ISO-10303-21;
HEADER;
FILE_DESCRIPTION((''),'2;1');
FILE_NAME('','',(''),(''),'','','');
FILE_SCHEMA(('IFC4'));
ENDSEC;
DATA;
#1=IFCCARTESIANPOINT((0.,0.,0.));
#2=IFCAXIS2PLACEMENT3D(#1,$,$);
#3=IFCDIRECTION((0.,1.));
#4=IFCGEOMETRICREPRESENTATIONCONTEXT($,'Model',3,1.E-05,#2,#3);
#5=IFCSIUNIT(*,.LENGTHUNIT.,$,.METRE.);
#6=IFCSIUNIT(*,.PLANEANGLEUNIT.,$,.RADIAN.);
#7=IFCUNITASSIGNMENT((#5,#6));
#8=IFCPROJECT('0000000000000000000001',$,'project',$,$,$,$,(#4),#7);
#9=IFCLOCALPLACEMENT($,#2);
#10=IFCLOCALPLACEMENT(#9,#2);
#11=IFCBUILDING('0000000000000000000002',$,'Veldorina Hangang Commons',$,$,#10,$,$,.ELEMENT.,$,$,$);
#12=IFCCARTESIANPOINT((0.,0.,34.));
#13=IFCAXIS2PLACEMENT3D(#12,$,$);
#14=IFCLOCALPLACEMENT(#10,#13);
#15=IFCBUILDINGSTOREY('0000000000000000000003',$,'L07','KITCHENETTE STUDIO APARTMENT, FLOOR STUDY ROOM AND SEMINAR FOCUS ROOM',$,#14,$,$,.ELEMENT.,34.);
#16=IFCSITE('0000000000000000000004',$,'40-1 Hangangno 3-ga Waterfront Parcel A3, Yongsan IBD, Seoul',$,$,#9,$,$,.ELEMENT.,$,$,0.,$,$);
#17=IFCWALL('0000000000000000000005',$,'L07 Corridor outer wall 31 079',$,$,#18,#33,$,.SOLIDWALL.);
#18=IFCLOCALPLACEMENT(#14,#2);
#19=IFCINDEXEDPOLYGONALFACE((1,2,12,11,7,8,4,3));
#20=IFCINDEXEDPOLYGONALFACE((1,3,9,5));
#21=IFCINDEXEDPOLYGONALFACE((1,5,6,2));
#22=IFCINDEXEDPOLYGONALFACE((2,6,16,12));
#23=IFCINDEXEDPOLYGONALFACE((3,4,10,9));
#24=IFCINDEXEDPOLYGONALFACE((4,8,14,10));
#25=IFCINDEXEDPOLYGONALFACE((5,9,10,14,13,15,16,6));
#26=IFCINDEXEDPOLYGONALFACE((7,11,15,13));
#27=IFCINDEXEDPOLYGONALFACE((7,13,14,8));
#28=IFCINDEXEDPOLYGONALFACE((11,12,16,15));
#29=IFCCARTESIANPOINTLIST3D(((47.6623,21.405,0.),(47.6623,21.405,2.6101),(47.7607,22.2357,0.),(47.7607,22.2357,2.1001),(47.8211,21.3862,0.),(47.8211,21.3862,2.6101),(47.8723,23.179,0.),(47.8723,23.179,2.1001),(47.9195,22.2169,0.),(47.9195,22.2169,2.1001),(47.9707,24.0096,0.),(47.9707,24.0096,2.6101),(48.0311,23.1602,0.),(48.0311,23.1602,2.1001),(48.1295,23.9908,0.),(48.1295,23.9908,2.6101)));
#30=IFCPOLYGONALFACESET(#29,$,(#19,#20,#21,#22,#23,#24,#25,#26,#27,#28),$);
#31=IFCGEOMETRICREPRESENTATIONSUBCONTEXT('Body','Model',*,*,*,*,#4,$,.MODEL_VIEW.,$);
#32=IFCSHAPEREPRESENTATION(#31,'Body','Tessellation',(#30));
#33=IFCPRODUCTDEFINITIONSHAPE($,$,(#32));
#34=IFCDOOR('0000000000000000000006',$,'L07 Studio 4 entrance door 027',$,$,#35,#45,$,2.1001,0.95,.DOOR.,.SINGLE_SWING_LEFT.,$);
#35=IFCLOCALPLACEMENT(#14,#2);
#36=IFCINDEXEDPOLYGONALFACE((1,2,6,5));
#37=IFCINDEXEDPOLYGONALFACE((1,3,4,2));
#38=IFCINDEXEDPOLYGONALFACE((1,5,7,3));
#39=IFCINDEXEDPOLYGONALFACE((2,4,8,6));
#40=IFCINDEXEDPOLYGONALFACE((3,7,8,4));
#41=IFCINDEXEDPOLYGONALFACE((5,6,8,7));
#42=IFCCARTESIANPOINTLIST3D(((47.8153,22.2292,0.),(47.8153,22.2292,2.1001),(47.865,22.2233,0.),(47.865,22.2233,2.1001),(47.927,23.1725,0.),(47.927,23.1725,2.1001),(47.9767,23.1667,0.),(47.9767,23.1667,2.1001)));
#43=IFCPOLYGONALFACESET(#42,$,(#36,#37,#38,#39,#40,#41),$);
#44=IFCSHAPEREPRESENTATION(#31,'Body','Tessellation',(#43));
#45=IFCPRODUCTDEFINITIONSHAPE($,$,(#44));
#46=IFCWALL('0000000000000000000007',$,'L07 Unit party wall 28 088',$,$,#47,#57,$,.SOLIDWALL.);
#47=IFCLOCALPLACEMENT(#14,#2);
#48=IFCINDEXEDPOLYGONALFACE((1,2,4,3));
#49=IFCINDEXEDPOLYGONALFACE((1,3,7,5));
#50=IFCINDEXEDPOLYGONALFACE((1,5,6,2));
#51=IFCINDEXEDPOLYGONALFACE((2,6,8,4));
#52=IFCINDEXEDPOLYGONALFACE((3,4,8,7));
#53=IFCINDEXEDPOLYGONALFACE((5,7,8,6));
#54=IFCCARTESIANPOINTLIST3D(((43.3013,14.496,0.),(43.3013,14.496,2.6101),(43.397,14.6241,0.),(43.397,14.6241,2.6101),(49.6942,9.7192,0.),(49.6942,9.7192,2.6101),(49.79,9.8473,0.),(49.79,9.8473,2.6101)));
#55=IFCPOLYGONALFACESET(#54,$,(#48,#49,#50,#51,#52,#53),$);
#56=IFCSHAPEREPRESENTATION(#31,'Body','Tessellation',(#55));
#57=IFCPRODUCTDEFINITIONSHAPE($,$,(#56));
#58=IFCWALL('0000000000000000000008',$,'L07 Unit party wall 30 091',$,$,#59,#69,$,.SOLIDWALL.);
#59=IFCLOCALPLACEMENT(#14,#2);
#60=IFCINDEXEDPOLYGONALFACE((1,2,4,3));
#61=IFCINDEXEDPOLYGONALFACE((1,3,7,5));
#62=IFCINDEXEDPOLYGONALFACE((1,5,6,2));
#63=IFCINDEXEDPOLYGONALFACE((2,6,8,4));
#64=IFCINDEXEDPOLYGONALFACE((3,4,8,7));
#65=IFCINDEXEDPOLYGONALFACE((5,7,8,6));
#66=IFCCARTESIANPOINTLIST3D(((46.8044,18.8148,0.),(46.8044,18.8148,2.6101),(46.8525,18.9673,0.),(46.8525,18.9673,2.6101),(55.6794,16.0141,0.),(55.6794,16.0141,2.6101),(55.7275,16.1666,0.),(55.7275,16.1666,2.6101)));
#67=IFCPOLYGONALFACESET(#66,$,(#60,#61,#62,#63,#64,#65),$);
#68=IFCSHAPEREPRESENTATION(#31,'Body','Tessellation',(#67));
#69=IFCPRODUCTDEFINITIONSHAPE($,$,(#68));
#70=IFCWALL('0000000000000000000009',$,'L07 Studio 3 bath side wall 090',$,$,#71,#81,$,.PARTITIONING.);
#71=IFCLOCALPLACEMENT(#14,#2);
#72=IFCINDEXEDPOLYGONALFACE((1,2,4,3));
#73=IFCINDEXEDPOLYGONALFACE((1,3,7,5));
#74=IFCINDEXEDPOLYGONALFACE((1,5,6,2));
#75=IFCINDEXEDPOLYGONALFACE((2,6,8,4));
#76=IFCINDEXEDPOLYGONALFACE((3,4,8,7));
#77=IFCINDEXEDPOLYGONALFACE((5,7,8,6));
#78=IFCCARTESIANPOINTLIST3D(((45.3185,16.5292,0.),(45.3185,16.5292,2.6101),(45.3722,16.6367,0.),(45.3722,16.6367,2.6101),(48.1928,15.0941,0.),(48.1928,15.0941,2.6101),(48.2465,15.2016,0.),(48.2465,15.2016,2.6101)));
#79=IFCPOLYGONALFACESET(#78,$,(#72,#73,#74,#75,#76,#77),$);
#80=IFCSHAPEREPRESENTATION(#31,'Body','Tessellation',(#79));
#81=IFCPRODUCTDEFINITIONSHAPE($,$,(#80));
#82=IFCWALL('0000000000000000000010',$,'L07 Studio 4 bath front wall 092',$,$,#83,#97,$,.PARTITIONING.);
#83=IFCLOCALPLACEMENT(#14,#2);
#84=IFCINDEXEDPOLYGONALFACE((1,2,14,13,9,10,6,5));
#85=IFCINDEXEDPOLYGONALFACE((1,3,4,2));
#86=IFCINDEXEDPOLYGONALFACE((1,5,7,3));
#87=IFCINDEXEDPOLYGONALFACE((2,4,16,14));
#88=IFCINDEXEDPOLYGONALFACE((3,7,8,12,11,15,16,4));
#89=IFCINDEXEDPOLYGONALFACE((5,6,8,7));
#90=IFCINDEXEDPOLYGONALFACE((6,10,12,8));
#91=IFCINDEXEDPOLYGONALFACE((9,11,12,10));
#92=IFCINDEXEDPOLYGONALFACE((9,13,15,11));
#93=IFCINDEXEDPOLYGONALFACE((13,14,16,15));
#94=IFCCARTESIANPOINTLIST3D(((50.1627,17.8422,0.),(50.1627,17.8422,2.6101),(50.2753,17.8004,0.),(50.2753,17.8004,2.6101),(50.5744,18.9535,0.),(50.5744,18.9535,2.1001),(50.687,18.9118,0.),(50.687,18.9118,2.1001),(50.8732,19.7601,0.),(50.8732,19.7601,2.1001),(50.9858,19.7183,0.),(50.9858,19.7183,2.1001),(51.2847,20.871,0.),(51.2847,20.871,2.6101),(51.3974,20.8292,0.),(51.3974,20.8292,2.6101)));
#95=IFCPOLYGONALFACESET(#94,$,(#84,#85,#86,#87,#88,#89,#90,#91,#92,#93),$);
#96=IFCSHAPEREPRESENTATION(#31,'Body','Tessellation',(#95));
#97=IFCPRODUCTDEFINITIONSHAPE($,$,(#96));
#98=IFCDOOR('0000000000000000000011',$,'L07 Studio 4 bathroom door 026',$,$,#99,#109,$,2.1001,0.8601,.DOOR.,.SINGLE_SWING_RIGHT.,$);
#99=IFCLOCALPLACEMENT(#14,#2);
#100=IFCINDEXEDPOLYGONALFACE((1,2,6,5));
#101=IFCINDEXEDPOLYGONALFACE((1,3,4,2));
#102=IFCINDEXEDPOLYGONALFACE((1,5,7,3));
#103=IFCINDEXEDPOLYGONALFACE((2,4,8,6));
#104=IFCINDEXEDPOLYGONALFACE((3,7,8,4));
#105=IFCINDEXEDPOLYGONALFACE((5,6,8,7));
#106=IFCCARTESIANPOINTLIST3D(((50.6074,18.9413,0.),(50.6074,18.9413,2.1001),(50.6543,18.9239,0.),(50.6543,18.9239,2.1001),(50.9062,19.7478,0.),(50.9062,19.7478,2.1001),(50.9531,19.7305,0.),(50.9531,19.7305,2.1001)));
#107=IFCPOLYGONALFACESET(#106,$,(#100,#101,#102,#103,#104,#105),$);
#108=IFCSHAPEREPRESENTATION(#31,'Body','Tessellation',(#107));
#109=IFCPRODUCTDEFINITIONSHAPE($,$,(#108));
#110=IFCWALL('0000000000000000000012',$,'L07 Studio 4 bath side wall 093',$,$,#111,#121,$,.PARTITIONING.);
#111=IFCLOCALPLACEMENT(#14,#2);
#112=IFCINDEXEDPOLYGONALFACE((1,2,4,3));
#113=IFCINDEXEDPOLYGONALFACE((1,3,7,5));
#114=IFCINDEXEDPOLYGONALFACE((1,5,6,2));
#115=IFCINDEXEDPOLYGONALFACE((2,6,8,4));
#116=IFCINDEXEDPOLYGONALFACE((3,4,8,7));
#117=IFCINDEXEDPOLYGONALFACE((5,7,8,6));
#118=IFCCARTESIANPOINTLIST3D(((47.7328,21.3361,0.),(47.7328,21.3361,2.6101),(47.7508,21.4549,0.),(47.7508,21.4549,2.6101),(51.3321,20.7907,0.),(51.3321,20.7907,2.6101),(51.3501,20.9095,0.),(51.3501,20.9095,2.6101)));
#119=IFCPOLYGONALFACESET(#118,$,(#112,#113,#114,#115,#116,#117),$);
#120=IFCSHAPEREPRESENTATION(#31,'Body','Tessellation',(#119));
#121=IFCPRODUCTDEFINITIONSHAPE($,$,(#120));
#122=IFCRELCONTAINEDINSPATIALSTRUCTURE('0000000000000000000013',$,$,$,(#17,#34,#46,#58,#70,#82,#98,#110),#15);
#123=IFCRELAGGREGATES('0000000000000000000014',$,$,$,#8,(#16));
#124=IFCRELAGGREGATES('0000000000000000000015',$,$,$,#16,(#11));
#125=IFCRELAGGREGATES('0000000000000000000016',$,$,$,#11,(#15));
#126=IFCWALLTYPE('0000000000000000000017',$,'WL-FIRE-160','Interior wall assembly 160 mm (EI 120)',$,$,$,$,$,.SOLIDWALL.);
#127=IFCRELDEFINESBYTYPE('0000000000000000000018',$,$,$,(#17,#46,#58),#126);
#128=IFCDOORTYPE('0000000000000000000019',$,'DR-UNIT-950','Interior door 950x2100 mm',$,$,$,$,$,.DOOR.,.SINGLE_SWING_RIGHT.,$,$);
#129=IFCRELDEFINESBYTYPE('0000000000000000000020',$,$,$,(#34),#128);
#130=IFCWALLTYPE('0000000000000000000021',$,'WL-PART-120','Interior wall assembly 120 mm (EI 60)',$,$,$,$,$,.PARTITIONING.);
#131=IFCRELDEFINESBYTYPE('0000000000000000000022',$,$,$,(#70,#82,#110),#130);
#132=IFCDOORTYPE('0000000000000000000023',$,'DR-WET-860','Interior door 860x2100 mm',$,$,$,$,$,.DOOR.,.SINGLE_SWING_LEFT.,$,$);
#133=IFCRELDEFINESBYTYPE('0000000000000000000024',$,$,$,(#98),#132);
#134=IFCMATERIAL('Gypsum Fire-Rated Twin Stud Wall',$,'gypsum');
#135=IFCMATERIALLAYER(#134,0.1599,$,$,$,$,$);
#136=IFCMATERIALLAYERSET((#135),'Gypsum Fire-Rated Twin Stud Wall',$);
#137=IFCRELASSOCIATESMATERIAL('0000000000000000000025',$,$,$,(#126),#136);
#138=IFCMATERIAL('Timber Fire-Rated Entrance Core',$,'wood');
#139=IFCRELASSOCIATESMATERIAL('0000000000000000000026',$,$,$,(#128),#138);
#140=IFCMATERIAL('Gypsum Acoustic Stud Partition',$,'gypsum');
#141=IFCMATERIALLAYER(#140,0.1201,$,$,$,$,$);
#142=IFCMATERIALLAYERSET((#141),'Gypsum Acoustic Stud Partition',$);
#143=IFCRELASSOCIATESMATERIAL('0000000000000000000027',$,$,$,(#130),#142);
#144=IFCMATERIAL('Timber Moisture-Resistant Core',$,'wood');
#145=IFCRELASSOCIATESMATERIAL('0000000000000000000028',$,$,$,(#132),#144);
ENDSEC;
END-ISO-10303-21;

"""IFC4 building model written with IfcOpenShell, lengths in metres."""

from ifc_helpers import new_model, si_unit, direction, frame, frame_2d, origin, place, context, subcontext, project, spatial, rectangle, extrude, material, layer, layer_set, type_object, element, fill, save


model = new_model("IFC4")

# Units and contexts
model_context = context("Model", 3, precision=1e-05, world=origin(), true_north=direction((0.0, 1.0)))
body_context = subcontext(model_context, "Body", "Model", "MODEL_VIEW")
ifc_project = project(units=[si_unit("LENGTHUNIT", "METRE"), si_unit("PLANEANGLEUNIT", "RADIAN")], contexts=[model_context])

# Site, building, storey
site_placement = place(None, origin())
site = spatial("IfcSite", under=ifc_project, at=site_placement, Name="40-1 Hangangno 3-ga Waterfront Parcel A3, Yongsan IBD, Seoul", CompositionType="ELEMENT", RefElevation=0.0)
building_placement = place(site_placement, origin())
building = spatial("IfcBuilding", under=site, at=building_placement, Name="Veldorina Hangang Commons", CompositionType="ELEMENT")
storey_placement = place(building_placement, frame((0.0, 0.0, 34.0)))
storey = spatial("IfcBuildingStorey", under=building, at=storey_placement, Name="L07", Description="KITCHENETTE STUDIO APARTMENT, FLOOR STUDY ROOM AND SEMINAR FOCUS ROOM", CompositionType="ELEMENT", Elevation=34.0)

# Shared definitions
ifc_material_1 = material(Name="Gypsum Fire-Rated Twin Stud Wall", Category="gypsum")
ifc_layer_1 = layer(ifc_material_1, 0.1599)
ifc_layer_set_1 = layer_set([ifc_layer_1], Name="Gypsum Fire-Rated Twin Stud Wall")
wall_type_1 = type_object("IfcWallType", Name="WL-FIRE-160", Description="Interior wall assembly 160 mm (EI 120)", PredefinedType="SOLIDWALL", material=ifc_layer_set_1)

# Shared definitions
ifc_material_2 = material(Name="Timber Fire-Rated Entrance Core", Category="wood")
door_type_1 = type_object("IfcDoorType", Name="DR-UNIT-950", Description="Interior door 950x2100 mm", OperationType="SINGLE_SWING_RIGHT", PredefinedType="DOOR", material=ifc_material_2)

# Wall, opening, door
wall_1_placement = place(storey_placement, frame((47.7417, 21.3955, 0.0), z_axis=(0.0, 0.0, 1.0), x_axis=(0.11757, 0.993065, 0.0)))
wall_1 = element("IfcWall", 1, at=wall_1_placement, inside=storey, type_object=wall_type_1, Name="L07 Corridor outer wall 31 079", PredefinedType="SOLIDWALL", context=body_context, shape_type="SweptSolid", body=[
    extrude(rectangle(XDim=2.6228, YDim=0.1599, at=frame_2d((1.3115, 0.0))), origin(), (0.0, 0.0, 1.0), 2.6101),
])
opening_1_placement = place(wall_1_placement, frame((0.8364, 0.0, 0.0)))
opening_1 = element("IfcOpeningElement", 2, at=opening_1_placement, cuts=wall_1, PredefinedType="OPENING", context=body_context, shape_type="SweptSolid", body=[
    extrude(rectangle(XDim=0.95, YDim=2.1001, at=frame_2d((0.4751, 1.05))), frame((0.0, 0.0898, 0.0), z_axis=(0.0, -1.0, 0.0), x_axis=(1.0, 0.0, 0.0)), (0.0, 0.0, 1.0), 0.1799),
])
door_1_placement = place(opening_1_placement, origin())
door_1 = element("IfcDoor", 3, at=door_1_placement, inside=storey, type_object=door_type_1, Name="L07 Studio 4 entrance door 027", OperationType="SINGLE_SWING_LEFT", OverallHeight=2.1001, OverallWidth=0.95, PredefinedType="DOOR", context=body_context, shape_type="SweptSolid", body=[
    extrude(rectangle(XDim=0.95, YDim=2.1001, at=frame_2d((0.4751, 1.05))), frame((0.0, 0.0249, 0.0), z_axis=(0.0, -1.0, 0.0), x_axis=(1.0, 0.0, 0.0)), (0.0, 0.0, 1.0), 0.05),
])
fill(opening_1, door_1)

# Walls
wall_2_placement = place(storey_placement, frame((43.3491, 14.5601, 0.0), z_axis=(0.0, 0.0, 1.0), x_axis=(0.801078, -0.59856, 0.0)))
element("IfcWall", 4, at=wall_2_placement, inside=storey, type_object=wall_type_1, Name="L07 Unit party wall 28 088", PredefinedType="SOLIDWALL", context=body_context, shape_type="SweptSolid", body=[
    extrude(rectangle(XDim=7.9805, YDim=0.1599, at=frame_2d((3.9902, 0.0))), origin(), (0.0, 0.0, 1.0), 2.6101),
])
wall_3_placement = place(storey_placement, frame((46.8284, 18.8911, 0.0), z_axis=(0.0, 0.0, 1.0), x_axis=(0.95364, -0.300951, 0.0)))
element("IfcWall", 5, at=wall_3_placement, inside=storey, type_object=wall_type_1, Name="L07 Unit party wall 30 091", PredefinedType="SOLIDWALL", context=body_context, shape_type="SweptSolid", body=[
    extrude(rectangle(XDim=9.3064, YDim=0.1599, at=frame_2d((4.6533, 0.0))), origin(), (0.0, 0.0, 1.0), 2.6101),
])
ifc_material_3 = material(Name="Gypsum Acoustic Stud Partition", Category="gypsum")
ifc_layer_2 = layer(ifc_material_3, 0.1201)
ifc_layer_set_2 = layer_set([ifc_layer_2], Name="Gypsum Acoustic Stud Partition")
wall_type_2 = type_object("IfcWallType", Name="WL-PART-120", Description="Interior wall assembly 120 mm (EI 60)", PredefinedType="PARTITIONING", material=ifc_layer_set_2)
wall_4_placement = place(storey_placement, frame((45.3452, 16.583, 0.0), z_axis=(0.0, 0.0, 1.0), x_axis=(0.894685, -0.446697, 0.0)))
element("IfcWall", 6, at=wall_4_placement, inside=storey, type_object=wall_type_2, Name="L07 Studio 3 bath side wall 090", PredefinedType="PARTITIONING", context=body_context, shape_type="SweptSolid", body=[
    extrude(rectangle(XDim=3.2126, YDim=0.1201, at=frame_2d((1.6064, 0.0))), origin(), (0.0, 0.0, 1.0), 2.6101),
])

# Wall, opening, door
wall_5_placement = place(storey_placement, frame((50.219, 17.8213, 0.0), z_axis=(0.0, 0.0, 1.0), x_axis=(0.347393, 0.93772, 0.0)))
wall_5 = element("IfcWall", 7, at=wall_5_placement, inside=storey, type_object=wall_type_2, Name="L07 Studio 4 bath front wall 092", PredefinedType="PARTITIONING", context=body_context, shape_type="SweptSolid", body=[
    extrude(rectangle(XDim=3.23, YDim=0.1201, at=frame_2d((1.615, 0.0))), origin(), (0.0, 0.0, 1.0), 2.6101),
])
opening_2_placement = place(wall_5_placement, frame((1.1851, 0.0, 0.0)))
opening_2 = element("IfcOpeningElement", 8, at=opening_2_placement, cuts=wall_5, PredefinedType="OPENING", context=body_context, shape_type="SweptSolid", body=[
    extrude(rectangle(XDim=0.8601, YDim=2.1001, at=frame_2d((0.4302, 1.05))), frame((0.0, 0.0701, 0.0), z_axis=(0.0, -1.0, 0.0), x_axis=(1.0, 0.0, 0.0)), (0.0, 0.0, 1.0), 0.1401),
])
ifc_material_4 = material(Name="Timber Moisture-Resistant Core", Category="wood")
door_type_2 = type_object("IfcDoorType", Name="DR-WET-860", Description="Interior door 860x2100 mm", OperationType="SINGLE_SWING_LEFT", PredefinedType="DOOR", material=ifc_material_4)
door_2_placement = place(opening_2_placement, origin())
door_2 = element("IfcDoor", 9, at=door_2_placement, inside=storey, type_object=door_type_2, Name="L07 Studio 4 bathroom door 026", OperationType="SINGLE_SWING_RIGHT", OverallHeight=2.1001, OverallWidth=0.8601, PredefinedType="DOOR", context=body_context, shape_type="SweptSolid", body=[
    extrude(rectangle(XDim=0.8601, YDim=2.1001, at=frame_2d((0.4302, 1.05))), frame((0.0, 0.0249, 0.0), z_axis=(0.0, -1.0, 0.0), x_axis=(1.0, 0.0, 0.0)), (0.0, 0.0, 1.0), 0.05),
])
fill(opening_2, door_2)

# Wall
wall_6_placement = place(storey_placement, frame((47.7417, 21.3955, 0.0), z_axis=(0.0, 0.0, 1.0), x_axis=(0.988713, -0.149819, 0.0)))
element("IfcWall", 10, at=wall_6_placement, inside=storey, type_object=wall_type_2, Name="L07 Studio 4 bath side wall 093", PredefinedType="PARTITIONING", context=body_context, shape_type="SweptSolid", body=[
    extrude(rectangle(XDim=3.6404, YDim=0.1201, at=frame_2d((1.8203, 0.0))), origin(), (0.0, 0.0, 1.0), 2.6101),
])

save(model, "model.ifc")
